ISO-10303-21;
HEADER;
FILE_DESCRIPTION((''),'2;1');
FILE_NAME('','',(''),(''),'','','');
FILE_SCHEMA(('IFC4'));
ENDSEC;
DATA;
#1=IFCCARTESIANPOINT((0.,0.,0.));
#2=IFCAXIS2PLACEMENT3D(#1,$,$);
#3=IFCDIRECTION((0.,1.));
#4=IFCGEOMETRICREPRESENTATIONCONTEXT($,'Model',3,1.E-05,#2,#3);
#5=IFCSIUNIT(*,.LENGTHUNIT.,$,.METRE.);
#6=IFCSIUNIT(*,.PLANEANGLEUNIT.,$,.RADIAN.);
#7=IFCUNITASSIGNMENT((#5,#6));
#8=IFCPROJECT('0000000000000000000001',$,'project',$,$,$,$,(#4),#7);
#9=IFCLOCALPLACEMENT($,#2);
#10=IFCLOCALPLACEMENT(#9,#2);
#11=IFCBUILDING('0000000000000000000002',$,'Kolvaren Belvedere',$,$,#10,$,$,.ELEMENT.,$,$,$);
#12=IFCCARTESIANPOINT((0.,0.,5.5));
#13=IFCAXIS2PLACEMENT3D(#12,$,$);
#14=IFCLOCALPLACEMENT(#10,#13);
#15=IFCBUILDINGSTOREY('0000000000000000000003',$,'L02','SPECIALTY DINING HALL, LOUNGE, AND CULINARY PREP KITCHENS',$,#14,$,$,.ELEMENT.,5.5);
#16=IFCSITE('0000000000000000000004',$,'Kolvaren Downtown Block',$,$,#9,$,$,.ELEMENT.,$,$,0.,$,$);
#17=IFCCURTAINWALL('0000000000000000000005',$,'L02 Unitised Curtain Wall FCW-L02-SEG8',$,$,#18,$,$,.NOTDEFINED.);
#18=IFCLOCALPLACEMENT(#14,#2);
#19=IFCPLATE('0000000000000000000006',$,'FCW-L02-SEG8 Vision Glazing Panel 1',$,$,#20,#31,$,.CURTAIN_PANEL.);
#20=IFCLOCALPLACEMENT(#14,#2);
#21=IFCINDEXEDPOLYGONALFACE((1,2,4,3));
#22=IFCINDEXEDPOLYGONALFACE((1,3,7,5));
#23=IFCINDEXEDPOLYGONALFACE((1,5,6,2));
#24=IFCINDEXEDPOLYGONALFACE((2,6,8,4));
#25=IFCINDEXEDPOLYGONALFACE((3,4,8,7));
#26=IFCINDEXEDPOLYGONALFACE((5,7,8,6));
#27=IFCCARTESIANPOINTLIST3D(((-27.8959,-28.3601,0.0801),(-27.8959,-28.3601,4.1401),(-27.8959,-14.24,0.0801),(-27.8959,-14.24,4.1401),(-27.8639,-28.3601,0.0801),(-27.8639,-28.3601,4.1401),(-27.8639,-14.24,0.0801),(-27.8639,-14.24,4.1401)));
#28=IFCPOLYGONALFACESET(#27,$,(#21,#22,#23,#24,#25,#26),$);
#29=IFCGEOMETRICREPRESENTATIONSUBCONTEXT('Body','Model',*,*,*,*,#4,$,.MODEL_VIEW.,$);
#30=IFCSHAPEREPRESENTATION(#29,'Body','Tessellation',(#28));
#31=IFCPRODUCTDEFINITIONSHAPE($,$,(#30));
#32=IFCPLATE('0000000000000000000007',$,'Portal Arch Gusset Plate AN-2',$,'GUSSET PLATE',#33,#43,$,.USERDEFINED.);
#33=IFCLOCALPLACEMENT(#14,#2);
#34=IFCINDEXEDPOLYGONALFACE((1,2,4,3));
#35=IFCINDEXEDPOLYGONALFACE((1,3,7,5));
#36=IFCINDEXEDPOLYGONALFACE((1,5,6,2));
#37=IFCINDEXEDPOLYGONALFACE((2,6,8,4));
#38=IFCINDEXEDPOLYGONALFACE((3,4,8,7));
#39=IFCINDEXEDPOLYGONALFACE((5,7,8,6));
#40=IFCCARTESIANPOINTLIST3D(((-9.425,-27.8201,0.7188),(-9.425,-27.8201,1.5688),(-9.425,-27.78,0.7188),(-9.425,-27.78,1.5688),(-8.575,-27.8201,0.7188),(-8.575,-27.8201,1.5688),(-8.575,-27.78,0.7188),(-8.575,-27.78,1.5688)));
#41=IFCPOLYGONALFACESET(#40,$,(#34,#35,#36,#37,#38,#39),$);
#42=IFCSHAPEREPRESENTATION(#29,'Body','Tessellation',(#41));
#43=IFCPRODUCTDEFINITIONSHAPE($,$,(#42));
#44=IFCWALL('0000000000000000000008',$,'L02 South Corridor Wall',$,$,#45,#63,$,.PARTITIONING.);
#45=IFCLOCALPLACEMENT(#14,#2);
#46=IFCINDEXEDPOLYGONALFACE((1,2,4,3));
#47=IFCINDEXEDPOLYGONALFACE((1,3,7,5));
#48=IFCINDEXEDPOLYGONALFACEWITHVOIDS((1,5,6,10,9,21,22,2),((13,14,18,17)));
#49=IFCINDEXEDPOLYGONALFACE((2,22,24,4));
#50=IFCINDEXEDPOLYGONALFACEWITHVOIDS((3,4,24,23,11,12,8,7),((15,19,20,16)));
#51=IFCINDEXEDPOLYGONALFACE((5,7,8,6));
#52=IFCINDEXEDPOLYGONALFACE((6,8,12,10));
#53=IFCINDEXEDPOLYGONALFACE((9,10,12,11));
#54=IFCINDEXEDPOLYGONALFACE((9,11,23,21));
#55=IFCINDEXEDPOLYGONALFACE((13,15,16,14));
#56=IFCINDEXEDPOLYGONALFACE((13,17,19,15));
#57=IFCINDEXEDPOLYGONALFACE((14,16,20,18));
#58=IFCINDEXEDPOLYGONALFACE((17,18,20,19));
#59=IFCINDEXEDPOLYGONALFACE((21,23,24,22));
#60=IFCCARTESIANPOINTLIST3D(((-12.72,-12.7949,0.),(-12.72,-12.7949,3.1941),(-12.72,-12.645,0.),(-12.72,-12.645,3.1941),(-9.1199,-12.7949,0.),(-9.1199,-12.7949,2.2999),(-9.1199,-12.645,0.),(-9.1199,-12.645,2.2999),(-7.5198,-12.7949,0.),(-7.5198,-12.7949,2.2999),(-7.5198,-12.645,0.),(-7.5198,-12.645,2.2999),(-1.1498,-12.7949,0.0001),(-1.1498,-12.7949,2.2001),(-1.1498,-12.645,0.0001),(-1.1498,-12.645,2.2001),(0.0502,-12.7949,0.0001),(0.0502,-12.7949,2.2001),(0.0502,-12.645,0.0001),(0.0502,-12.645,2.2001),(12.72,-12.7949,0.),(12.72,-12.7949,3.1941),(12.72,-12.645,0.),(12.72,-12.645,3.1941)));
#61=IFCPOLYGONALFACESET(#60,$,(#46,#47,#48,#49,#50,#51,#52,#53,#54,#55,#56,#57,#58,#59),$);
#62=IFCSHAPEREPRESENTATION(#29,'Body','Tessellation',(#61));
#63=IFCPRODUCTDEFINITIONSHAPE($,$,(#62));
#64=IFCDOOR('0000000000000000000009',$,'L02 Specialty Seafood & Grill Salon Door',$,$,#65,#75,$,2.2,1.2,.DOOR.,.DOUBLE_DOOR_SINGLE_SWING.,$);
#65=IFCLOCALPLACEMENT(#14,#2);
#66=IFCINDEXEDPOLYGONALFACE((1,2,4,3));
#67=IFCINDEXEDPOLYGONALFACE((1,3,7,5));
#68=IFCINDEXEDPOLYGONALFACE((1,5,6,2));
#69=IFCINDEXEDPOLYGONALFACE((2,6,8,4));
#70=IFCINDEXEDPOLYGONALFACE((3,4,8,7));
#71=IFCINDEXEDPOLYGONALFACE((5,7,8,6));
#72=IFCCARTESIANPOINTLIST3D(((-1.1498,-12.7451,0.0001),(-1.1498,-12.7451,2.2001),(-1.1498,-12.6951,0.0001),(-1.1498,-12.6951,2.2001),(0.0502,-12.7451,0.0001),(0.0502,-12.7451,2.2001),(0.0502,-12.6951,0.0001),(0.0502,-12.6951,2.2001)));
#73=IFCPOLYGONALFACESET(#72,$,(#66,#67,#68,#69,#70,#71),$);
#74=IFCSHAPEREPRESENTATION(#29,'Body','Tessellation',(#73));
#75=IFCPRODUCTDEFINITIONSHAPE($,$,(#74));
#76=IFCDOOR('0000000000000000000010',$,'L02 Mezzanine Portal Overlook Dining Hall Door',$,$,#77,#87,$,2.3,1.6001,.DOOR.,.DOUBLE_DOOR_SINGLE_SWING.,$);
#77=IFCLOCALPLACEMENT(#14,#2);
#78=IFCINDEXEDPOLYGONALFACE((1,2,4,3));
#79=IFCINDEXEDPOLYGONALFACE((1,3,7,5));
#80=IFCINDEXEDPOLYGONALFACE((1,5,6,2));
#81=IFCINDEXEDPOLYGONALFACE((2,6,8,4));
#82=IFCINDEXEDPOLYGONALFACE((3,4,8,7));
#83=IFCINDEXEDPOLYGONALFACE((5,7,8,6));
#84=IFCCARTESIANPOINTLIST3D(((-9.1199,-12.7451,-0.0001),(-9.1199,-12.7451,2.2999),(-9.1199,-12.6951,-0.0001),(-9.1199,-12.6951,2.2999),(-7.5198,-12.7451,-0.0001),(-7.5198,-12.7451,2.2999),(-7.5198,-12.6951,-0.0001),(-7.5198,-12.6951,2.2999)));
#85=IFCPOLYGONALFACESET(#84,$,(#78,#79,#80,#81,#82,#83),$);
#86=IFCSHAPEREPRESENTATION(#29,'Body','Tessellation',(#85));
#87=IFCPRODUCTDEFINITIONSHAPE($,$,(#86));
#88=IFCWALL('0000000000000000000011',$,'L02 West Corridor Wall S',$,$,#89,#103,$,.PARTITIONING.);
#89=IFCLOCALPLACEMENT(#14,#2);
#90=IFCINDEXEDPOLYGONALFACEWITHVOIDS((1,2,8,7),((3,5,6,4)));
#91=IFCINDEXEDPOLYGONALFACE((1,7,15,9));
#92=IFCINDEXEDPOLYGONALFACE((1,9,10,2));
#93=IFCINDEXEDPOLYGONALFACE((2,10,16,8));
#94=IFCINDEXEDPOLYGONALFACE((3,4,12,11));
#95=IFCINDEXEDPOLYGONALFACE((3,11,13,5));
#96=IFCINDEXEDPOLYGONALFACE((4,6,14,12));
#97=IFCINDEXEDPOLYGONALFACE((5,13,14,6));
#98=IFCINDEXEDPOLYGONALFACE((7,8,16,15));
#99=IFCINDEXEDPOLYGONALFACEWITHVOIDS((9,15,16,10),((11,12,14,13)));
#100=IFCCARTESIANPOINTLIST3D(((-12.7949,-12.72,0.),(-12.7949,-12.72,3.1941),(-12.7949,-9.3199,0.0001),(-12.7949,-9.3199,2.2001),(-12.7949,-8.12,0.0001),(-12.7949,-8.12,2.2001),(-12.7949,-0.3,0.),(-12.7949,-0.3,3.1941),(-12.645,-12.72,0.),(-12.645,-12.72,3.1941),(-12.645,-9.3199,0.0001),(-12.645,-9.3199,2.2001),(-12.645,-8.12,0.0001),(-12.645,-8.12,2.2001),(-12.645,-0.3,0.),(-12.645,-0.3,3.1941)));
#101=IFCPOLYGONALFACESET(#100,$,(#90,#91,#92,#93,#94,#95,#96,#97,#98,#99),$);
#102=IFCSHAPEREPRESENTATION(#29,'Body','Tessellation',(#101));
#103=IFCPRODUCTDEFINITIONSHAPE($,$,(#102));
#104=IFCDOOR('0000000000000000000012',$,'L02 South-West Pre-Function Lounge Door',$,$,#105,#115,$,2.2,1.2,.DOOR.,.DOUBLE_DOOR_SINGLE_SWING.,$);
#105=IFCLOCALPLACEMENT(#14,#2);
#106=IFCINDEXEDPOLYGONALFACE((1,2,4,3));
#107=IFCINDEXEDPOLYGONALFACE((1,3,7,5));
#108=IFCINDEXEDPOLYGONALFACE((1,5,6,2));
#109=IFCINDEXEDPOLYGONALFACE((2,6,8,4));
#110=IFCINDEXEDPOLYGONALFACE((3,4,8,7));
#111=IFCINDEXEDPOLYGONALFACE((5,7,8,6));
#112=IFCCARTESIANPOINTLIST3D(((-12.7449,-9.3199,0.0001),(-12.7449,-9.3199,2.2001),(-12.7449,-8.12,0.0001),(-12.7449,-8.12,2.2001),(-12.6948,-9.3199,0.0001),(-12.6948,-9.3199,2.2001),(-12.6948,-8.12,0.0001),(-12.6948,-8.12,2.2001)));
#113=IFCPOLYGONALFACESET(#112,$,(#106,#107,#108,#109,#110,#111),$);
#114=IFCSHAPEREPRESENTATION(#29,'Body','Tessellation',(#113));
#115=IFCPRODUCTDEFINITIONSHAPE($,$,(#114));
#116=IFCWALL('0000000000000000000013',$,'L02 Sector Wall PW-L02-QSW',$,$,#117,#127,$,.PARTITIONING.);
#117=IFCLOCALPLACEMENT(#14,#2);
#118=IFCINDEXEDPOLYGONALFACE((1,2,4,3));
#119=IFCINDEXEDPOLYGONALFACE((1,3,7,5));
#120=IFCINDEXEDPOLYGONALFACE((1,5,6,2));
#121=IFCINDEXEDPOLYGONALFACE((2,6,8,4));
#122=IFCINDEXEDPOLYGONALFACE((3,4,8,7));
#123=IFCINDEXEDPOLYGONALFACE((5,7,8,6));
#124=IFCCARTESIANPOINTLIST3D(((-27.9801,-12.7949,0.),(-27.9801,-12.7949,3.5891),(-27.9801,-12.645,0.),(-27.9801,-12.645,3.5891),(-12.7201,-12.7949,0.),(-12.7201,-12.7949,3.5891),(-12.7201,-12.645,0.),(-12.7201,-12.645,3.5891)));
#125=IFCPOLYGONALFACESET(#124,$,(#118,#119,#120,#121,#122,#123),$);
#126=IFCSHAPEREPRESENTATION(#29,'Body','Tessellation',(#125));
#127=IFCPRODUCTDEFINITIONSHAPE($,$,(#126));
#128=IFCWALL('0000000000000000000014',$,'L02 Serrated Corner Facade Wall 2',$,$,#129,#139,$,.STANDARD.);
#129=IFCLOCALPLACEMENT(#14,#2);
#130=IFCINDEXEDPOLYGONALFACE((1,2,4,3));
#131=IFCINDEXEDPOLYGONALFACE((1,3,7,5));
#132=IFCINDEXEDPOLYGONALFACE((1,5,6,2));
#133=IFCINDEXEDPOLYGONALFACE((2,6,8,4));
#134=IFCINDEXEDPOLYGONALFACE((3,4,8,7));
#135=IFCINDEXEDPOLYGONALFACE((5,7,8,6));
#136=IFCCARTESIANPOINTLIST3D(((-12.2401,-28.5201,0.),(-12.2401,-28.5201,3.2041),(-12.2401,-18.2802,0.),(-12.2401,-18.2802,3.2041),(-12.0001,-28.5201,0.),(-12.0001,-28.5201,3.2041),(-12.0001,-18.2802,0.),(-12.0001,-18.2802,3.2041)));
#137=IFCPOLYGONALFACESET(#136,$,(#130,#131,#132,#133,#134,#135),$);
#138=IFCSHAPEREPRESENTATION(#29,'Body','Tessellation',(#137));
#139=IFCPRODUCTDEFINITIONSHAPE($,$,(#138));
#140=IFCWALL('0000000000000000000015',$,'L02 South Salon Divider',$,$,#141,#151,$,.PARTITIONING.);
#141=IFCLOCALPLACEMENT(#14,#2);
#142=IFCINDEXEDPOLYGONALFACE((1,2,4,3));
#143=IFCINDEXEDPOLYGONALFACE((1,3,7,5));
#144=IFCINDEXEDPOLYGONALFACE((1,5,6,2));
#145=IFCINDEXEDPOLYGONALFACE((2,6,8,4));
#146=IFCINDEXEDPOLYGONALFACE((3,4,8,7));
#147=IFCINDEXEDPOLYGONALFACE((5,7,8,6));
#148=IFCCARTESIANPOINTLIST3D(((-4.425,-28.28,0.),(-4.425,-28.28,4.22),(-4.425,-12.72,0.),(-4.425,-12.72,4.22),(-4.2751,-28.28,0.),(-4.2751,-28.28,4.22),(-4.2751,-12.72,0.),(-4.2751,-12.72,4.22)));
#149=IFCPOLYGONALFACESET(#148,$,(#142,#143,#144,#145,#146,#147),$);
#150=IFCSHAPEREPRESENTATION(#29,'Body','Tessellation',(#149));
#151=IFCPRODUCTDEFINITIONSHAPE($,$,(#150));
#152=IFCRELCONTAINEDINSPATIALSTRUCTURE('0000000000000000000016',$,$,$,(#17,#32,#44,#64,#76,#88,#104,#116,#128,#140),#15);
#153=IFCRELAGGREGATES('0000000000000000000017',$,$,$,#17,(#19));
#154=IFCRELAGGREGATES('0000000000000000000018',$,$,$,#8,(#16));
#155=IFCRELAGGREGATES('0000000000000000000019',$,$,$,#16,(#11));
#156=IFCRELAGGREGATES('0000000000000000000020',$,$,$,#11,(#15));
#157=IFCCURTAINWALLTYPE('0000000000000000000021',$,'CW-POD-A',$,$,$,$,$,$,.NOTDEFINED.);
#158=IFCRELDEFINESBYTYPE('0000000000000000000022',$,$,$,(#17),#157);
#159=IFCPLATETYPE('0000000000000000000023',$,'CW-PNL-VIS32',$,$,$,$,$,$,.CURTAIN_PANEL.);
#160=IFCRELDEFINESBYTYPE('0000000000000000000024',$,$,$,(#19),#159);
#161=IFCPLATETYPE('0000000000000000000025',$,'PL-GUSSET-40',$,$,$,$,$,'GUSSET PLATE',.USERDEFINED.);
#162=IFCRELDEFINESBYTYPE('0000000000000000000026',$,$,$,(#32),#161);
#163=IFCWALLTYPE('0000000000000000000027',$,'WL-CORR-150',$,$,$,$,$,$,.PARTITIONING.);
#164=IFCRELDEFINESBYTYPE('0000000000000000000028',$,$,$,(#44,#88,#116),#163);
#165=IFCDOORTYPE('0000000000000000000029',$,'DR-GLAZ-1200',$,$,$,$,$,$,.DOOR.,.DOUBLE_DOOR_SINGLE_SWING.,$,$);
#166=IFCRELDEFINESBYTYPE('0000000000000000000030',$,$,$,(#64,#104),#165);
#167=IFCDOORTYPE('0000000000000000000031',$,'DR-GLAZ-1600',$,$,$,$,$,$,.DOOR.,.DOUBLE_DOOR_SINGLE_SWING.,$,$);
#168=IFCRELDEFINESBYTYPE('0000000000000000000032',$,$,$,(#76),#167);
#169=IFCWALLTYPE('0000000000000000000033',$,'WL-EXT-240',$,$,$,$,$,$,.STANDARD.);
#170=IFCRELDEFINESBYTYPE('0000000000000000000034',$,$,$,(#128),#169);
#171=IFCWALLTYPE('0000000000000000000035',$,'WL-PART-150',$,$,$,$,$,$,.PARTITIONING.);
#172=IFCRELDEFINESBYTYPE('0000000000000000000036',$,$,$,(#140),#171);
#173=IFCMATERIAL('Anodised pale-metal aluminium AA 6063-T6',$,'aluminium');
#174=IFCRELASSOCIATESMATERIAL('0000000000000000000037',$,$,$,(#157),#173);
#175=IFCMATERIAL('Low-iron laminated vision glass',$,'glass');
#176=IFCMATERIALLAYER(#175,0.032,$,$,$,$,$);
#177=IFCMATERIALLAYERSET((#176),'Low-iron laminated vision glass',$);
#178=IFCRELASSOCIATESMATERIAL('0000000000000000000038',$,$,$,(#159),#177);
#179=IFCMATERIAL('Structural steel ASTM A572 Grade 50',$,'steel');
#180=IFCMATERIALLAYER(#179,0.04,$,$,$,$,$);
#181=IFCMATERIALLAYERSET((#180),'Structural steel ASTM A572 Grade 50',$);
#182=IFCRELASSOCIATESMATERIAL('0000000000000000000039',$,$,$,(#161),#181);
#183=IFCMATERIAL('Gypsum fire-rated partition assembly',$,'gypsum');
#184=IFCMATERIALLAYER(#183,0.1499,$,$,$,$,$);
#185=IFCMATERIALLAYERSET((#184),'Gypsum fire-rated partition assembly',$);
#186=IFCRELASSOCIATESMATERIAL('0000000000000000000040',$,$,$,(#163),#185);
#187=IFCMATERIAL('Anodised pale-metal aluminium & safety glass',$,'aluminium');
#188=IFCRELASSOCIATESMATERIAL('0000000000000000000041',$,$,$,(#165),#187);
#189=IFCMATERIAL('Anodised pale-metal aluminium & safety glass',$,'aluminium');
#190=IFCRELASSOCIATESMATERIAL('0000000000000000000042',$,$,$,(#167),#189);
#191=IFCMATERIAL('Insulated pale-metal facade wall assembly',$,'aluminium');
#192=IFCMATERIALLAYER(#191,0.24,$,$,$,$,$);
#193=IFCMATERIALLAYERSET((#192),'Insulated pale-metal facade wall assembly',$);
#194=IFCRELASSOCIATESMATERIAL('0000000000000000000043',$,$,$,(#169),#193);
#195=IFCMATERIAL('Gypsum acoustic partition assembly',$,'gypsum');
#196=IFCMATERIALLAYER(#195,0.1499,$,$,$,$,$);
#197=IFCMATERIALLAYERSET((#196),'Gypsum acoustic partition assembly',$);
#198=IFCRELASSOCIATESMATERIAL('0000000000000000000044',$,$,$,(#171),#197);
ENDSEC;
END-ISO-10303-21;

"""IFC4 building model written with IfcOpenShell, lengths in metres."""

from ifc_helpers import new_model, si_unit, direction, frame, frame_2d, origin, origin_2d, place, context, subcontext, project, spatial, rectangle, extrude, material, layer, layer_set, type_object, element, fill, aggregate, save


model = new_model("IFC4")

# Units and contexts
model_context = context("Model", 3, precision=1e-05, world=origin(), true_north=direction((0.0, 1.0)))
body_context = subcontext(model_context, "Body", "Model", "MODEL_VIEW")
ifc_project = project(units=[si_unit("LENGTHUNIT", "METRE"), si_unit("PLANEANGLEUNIT", "RADIAN")], contexts=[model_context])

# Site, building, storey
site_placement = place(None, origin())
site = spatial("IfcSite", under=ifc_project, at=site_placement, Name="Kolvaren Downtown Block", CompositionType="ELEMENT", RefElevation=0.0)
building_placement = place(site_placement, origin())
building = spatial("IfcBuilding", under=site, at=building_placement, Name="Kolvaren Belvedere", CompositionType="ELEMENT")
storey_placement = place(building_placement, frame((0.0, 0.0, 5.5)))
storey = spatial("IfcBuildingStorey", under=building, at=storey_placement, Name="L02", Description="SPECIALTY DINING HALL, LOUNGE, AND CULINARY PREP KITCHENS", CompositionType="ELEMENT", Elevation=5.5)

# Curtain wall
ifc_material_1 = material(Name="Anodised pale-metal aluminium AA 6063-T6", Category="aluminium")
curtain_wall_type = type_object("IfcCurtainWallType", Name="CW-POD-A", PredefinedType="NOTDEFINED", material=ifc_material_1)
curtain_wall_1_placement = place(storey_placement, origin())
curtain_wall_1 = element("IfcCurtainWall", 1, at=curtain_wall_1_placement, inside=storey, type_object=curtain_wall_type, Name="L02 Unitised Curtain Wall FCW-L02-SEG8", PredefinedType="NOTDEFINED")

# Plates
ifc_material_2 = material(Name="Low-iron laminated vision glass", Category="glass")
ifc_layer_1 = layer(ifc_material_2, 0.032)
ifc_layer_set_1 = layer_set([ifc_layer_1], Name="Low-iron laminated vision glass")
plate_type_1 = type_object("IfcPlateType", Name="CW-PNL-VIS32", PredefinedType="CURTAIN_PANEL", material=ifc_layer_set_1)
plate_1_placement = place(storey_placement, frame((-27.8799, -21.3, 0.0801), z_axis=(0.0, 0.0, 1.0), x_axis=(0.0, 1.0, 0.0)))
plate_1 = element("IfcPlate", 2, at=plate_1_placement, type_object=plate_type_1, Name="FCW-L02-SEG8 Vision Glazing Panel 1", PredefinedType="CURTAIN_PANEL", context=body_context, shape_type="SweptSolid", body=[
    extrude(rectangle(XDim=14.1201, YDim=0.032, at=origin_2d()), origin(), (0.0, 0.0, 1.0), 4.0601),
])
aggregate(curtain_wall_1, [plate_1])
ifc_material_3 = material(Name="Structural steel ASTM A572 Grade 50", Category="steel")
ifc_layer_2 = layer(ifc_material_3, 0.04)
ifc_layer_set_2 = layer_set([ifc_layer_2], Name="Structural steel ASTM A572 Grade 50")
plate_type_2 = type_object("IfcPlateType", Name="PL-GUSSET-40", ElementType="GUSSET PLATE", PredefinedType="USERDEFINED", material=ifc_layer_set_2)
plate_2_placement = place(storey_placement, frame((-9.0, -27.8, 0.7188), z_axis=(0.0, 0.0, 1.0), x_axis=(1.0, 0.0, 0.0)))
element("IfcPlate", 3, at=plate_2_placement, inside=storey, type_object=plate_type_2, Name="Portal Arch Gusset Plate AN-2", ObjectType="GUSSET PLATE", PredefinedType="USERDEFINED", context=body_context, shape_type="SweptSolid", body=[
    extrude(rectangle(XDim=0.8501, YDim=0.04, at=origin_2d()), origin(), (0.0, 0.0, 1.0), 0.8501),
])

# Wall, openings, doors
ifc_material_4 = material(Name="Gypsum fire-rated partition assembly", Category="gypsum")
ifc_layer_3 = layer(ifc_material_4, 0.1499)
ifc_layer_set_3 = layer_set([ifc_layer_3], Name="Gypsum fire-rated partition assembly")
wall_type_1 = type_object("IfcWallType", Name="WL-CORR-150", PredefinedType="PARTITIONING", material=ifc_layer_set_3)
wall_1_placement = place(storey_placement, frame((-12.72, -12.72, 0.0), z_axis=(0.0, 0.0, 1.0), x_axis=(1.0, 0.0, 0.0)))
wall_1 = element("IfcWall", 4, at=wall_1_placement, inside=storey, type_object=wall_type_1, Name="L02 South Corridor Wall", PredefinedType="PARTITIONING", context=body_context, shape_type="SweptSolid", body=[
    extrude(rectangle(XDim=25.4399, YDim=0.1499, at=frame_2d((12.72, 0.0))), origin(), (0.0, 0.0, 1.0), 3.1941),
])
opening_1_placement = place(wall_1_placement, frame((3.6001, 0.0, 0.0)))
opening_1 = element("IfcOpeningElement", 5, at=opening_1_placement, cuts=wall_1, PredefinedType="OPENING", context=body_context, shape_type="SweptSolid", body=[
    extrude(rectangle(XDim=1.6001, YDim=2.3, at=frame_2d((0.8, 1.1499))), frame((0.0, 0.085, 0.0), z_axis=(0.0, -1.0, 0.0), x_axis=(1.0, 0.0, 0.0)), (0.0, 0.0, 1.0), 0.1699),
])
opening_2_placement = place(wall_1_placement, frame((11.5701, 0.0, 0.0)))
opening_2 = element("IfcOpeningElement", 6, at=opening_2_placement, cuts=wall_1, PredefinedType="OPENING", context=body_context, shape_type="SweptSolid", body=[
    extrude(rectangle(XDim=1.2, YDim=2.2, at=frame_2d((0.6001, 1.1001))), frame((0.0, 0.085, 0.0), z_axis=(0.0, -1.0, 0.0), x_axis=(1.0, 0.0, 0.0)), (0.0, 0.0, 1.0), 0.1699),
])
ifc_material_5 = material(Name="Anodised pale-metal aluminium & safety glass", Category="aluminium")
door_type_1 = type_object("IfcDoorType", Name="DR-GLAZ-1200", OperationType="DOUBLE_DOOR_SINGLE_SWING", PredefinedType="DOOR", material=ifc_material_5)
door_1_placement = place(opening_2_placement, origin())
door_1 = element("IfcDoor", 7, at=door_1_placement, inside=storey, type_object=door_type_1, Name="L02 Specialty Seafood & Grill Salon Door", OperationType="DOUBLE_DOOR_SINGLE_SWING", OverallHeight=2.2, OverallWidth=1.2, PredefinedType="DOOR", context=body_context, shape_type="SweptSolid", body=[
    extrude(rectangle(XDim=1.2, YDim=2.2, at=frame_2d((0.6001, 1.1001))), frame((0.0, 0.0249, 0.0), z_axis=(0.0, -1.0, 0.0), x_axis=(1.0, 0.0, 0.0)), (0.0, 0.0, 1.0), 0.05),
])
fill(opening_2, door_1)
ifc_material_6 = material(Name="Anodised pale-metal aluminium & safety glass", Category="aluminium")
door_type_2 = type_object("IfcDoorType", Name="DR-GLAZ-1600", OperationType="DOUBLE_DOOR_SINGLE_SWING", PredefinedType="DOOR", material=ifc_material_6)
door_2_placement = place(opening_1_placement, origin())
door_2 = element("IfcDoor", 8, at=door_2_placement, inside=storey, type_object=door_type_2, Name="L02 Mezzanine Portal Overlook Dining Hall Door", OperationType="DOUBLE_DOOR_SINGLE_SWING", OverallHeight=2.3, OverallWidth=1.6001, PredefinedType="DOOR", context=body_context, shape_type="SweptSolid", body=[
    extrude(rectangle(XDim=1.6001, YDim=2.3, at=frame_2d((0.8, 1.1499))), frame((0.0, 0.0249, 0.0), z_axis=(0.0, -1.0, 0.0), x_axis=(1.0, 0.0, 0.0)), (0.0, 0.0, 1.0), 0.05),
])
fill(opening_1, door_2)

# Wall, opening, door
wall_2_placement = place(storey_placement, frame((-12.72, -12.72, 0.0), z_axis=(0.0, 0.0, 1.0), x_axis=(0.0, 1.0, 0.0)))
wall_2 = element("IfcWall", 9, at=wall_2_placement, inside=storey, type_object=wall_type_1, Name="L02 West Corridor Wall S", PredefinedType="PARTITIONING", context=body_context, shape_type="SweptSolid", body=[
    extrude(rectangle(XDim=12.4199, YDim=0.1499, at=frame_2d((6.21, 0.0))), origin(), (0.0, 0.0, 1.0), 3.1941),
])
opening_3_placement = place(wall_2_placement, frame((3.3999, 0.0, 0.0)))
opening_3 = element("IfcOpeningElement", 10, at=opening_3_placement, cuts=wall_2, PredefinedType="OPENING", context=body_context, shape_type="SweptSolid", body=[
    extrude(rectangle(XDim=1.2, YDim=2.2, at=frame_2d((0.6001, 1.1001))), frame((0.0, 0.085, 0.0), z_axis=(0.0, -1.0, 0.0), x_axis=(1.0, 0.0, 0.0)), (0.0, 0.0, 1.0), 0.1699),
])
door_3_placement = place(opening_3_placement, origin())
door_3 = element("IfcDoor", 11, at=door_3_placement, inside=storey, type_object=door_type_1, Name="L02 South-West Pre-Function Lounge Door", OperationType="DOUBLE_DOOR_SINGLE_SWING", OverallHeight=2.2, OverallWidth=1.2, PredefinedType="DOOR", context=body_context, shape_type="SweptSolid", body=[
    extrude(rectangle(XDim=1.2, YDim=2.2, at=frame_2d((0.6001, 1.1001))), frame((0.0, 0.0249, 0.0), z_axis=(0.0, -1.0, 0.0), x_axis=(1.0, 0.0, 0.0)), (0.0, 0.0, 1.0), 0.05),
])
fill(opening_3, door_3)

# Walls
wall_3_placement = place(storey_placement, frame((-27.98, -12.72, 0.0), z_axis=(0.0, 0.0, 1.0), x_axis=(1.0, 0.0, 0.0)))
element("IfcWall", 12, at=wall_3_placement, inside=storey, type_object=wall_type_1, Name="L02 Sector Wall PW-L02-QSW", PredefinedType="PARTITIONING", context=body_context, shape_type="SweptSolid", body=[
    extrude(rectangle(XDim=15.26, YDim=0.1499, at=frame_2d((7.6299, 0.0))), origin(), (0.0, 0.0, 1.0), 3.5891),
])
ifc_material_7 = material(Name="Insulated pale-metal facade wall assembly", Category="aluminium")
ifc_layer_4 = layer(ifc_material_7, 0.24)
ifc_layer_set_4 = layer_set([ifc_layer_4], Name="Insulated pale-metal facade wall assembly")
wall_type_2 = type_object("IfcWallType", Name="WL-EXT-240", PredefinedType="STANDARD", material=ifc_layer_set_4)
wall_4_placement = place(storey_placement, frame((-12.1201, -18.28, 0.0), z_axis=(0.0, 0.0, 1.0), x_axis=(0.0, -1.0, 0.0)))
element("IfcWall", 13, at=wall_4_placement, inside=storey, type_object=wall_type_2, Name="L02 Serrated Corner Facade Wall 2", PredefinedType="STANDARD", context=body_context, shape_type="SweptSolid", body=[
    extrude(rectangle(XDim=10.24, YDim=0.24, at=frame_2d((5.1201, 0.0))), origin(), (0.0, 0.0, 1.0), 3.2041),
])
ifc_material_8 = material(Name="Gypsum acoustic partition assembly", Category="gypsum")
ifc_layer_5 = layer(ifc_material_8, 0.1499)
ifc_layer_set_5 = layer_set([ifc_layer_5], Name="Gypsum acoustic partition assembly")
wall_type_3 = type_object("IfcWallType", Name="WL-PART-150", PredefinedType="PARTITIONING", material=ifc_layer_set_5)
wall_5_placement = place(storey_placement, frame((-4.3501, -28.28, 0.0), z_axis=(0.0, 0.0, 1.0), x_axis=(0.0, 1.0, 0.0)))
element("IfcWall", 14, at=wall_5_placement, inside=storey, type_object=wall_type_3, Name="L02 South Salon Divider", PredefinedType="PARTITIONING", context=body_context, shape_type="SweptSolid", body=[
    extrude(rectangle(XDim=15.5601, YDim=0.1499, at=frame_2d((7.78, 0.0))), origin(), (0.0, 0.0, 1.0), 4.22),
])

save(model, "model.ifc")
